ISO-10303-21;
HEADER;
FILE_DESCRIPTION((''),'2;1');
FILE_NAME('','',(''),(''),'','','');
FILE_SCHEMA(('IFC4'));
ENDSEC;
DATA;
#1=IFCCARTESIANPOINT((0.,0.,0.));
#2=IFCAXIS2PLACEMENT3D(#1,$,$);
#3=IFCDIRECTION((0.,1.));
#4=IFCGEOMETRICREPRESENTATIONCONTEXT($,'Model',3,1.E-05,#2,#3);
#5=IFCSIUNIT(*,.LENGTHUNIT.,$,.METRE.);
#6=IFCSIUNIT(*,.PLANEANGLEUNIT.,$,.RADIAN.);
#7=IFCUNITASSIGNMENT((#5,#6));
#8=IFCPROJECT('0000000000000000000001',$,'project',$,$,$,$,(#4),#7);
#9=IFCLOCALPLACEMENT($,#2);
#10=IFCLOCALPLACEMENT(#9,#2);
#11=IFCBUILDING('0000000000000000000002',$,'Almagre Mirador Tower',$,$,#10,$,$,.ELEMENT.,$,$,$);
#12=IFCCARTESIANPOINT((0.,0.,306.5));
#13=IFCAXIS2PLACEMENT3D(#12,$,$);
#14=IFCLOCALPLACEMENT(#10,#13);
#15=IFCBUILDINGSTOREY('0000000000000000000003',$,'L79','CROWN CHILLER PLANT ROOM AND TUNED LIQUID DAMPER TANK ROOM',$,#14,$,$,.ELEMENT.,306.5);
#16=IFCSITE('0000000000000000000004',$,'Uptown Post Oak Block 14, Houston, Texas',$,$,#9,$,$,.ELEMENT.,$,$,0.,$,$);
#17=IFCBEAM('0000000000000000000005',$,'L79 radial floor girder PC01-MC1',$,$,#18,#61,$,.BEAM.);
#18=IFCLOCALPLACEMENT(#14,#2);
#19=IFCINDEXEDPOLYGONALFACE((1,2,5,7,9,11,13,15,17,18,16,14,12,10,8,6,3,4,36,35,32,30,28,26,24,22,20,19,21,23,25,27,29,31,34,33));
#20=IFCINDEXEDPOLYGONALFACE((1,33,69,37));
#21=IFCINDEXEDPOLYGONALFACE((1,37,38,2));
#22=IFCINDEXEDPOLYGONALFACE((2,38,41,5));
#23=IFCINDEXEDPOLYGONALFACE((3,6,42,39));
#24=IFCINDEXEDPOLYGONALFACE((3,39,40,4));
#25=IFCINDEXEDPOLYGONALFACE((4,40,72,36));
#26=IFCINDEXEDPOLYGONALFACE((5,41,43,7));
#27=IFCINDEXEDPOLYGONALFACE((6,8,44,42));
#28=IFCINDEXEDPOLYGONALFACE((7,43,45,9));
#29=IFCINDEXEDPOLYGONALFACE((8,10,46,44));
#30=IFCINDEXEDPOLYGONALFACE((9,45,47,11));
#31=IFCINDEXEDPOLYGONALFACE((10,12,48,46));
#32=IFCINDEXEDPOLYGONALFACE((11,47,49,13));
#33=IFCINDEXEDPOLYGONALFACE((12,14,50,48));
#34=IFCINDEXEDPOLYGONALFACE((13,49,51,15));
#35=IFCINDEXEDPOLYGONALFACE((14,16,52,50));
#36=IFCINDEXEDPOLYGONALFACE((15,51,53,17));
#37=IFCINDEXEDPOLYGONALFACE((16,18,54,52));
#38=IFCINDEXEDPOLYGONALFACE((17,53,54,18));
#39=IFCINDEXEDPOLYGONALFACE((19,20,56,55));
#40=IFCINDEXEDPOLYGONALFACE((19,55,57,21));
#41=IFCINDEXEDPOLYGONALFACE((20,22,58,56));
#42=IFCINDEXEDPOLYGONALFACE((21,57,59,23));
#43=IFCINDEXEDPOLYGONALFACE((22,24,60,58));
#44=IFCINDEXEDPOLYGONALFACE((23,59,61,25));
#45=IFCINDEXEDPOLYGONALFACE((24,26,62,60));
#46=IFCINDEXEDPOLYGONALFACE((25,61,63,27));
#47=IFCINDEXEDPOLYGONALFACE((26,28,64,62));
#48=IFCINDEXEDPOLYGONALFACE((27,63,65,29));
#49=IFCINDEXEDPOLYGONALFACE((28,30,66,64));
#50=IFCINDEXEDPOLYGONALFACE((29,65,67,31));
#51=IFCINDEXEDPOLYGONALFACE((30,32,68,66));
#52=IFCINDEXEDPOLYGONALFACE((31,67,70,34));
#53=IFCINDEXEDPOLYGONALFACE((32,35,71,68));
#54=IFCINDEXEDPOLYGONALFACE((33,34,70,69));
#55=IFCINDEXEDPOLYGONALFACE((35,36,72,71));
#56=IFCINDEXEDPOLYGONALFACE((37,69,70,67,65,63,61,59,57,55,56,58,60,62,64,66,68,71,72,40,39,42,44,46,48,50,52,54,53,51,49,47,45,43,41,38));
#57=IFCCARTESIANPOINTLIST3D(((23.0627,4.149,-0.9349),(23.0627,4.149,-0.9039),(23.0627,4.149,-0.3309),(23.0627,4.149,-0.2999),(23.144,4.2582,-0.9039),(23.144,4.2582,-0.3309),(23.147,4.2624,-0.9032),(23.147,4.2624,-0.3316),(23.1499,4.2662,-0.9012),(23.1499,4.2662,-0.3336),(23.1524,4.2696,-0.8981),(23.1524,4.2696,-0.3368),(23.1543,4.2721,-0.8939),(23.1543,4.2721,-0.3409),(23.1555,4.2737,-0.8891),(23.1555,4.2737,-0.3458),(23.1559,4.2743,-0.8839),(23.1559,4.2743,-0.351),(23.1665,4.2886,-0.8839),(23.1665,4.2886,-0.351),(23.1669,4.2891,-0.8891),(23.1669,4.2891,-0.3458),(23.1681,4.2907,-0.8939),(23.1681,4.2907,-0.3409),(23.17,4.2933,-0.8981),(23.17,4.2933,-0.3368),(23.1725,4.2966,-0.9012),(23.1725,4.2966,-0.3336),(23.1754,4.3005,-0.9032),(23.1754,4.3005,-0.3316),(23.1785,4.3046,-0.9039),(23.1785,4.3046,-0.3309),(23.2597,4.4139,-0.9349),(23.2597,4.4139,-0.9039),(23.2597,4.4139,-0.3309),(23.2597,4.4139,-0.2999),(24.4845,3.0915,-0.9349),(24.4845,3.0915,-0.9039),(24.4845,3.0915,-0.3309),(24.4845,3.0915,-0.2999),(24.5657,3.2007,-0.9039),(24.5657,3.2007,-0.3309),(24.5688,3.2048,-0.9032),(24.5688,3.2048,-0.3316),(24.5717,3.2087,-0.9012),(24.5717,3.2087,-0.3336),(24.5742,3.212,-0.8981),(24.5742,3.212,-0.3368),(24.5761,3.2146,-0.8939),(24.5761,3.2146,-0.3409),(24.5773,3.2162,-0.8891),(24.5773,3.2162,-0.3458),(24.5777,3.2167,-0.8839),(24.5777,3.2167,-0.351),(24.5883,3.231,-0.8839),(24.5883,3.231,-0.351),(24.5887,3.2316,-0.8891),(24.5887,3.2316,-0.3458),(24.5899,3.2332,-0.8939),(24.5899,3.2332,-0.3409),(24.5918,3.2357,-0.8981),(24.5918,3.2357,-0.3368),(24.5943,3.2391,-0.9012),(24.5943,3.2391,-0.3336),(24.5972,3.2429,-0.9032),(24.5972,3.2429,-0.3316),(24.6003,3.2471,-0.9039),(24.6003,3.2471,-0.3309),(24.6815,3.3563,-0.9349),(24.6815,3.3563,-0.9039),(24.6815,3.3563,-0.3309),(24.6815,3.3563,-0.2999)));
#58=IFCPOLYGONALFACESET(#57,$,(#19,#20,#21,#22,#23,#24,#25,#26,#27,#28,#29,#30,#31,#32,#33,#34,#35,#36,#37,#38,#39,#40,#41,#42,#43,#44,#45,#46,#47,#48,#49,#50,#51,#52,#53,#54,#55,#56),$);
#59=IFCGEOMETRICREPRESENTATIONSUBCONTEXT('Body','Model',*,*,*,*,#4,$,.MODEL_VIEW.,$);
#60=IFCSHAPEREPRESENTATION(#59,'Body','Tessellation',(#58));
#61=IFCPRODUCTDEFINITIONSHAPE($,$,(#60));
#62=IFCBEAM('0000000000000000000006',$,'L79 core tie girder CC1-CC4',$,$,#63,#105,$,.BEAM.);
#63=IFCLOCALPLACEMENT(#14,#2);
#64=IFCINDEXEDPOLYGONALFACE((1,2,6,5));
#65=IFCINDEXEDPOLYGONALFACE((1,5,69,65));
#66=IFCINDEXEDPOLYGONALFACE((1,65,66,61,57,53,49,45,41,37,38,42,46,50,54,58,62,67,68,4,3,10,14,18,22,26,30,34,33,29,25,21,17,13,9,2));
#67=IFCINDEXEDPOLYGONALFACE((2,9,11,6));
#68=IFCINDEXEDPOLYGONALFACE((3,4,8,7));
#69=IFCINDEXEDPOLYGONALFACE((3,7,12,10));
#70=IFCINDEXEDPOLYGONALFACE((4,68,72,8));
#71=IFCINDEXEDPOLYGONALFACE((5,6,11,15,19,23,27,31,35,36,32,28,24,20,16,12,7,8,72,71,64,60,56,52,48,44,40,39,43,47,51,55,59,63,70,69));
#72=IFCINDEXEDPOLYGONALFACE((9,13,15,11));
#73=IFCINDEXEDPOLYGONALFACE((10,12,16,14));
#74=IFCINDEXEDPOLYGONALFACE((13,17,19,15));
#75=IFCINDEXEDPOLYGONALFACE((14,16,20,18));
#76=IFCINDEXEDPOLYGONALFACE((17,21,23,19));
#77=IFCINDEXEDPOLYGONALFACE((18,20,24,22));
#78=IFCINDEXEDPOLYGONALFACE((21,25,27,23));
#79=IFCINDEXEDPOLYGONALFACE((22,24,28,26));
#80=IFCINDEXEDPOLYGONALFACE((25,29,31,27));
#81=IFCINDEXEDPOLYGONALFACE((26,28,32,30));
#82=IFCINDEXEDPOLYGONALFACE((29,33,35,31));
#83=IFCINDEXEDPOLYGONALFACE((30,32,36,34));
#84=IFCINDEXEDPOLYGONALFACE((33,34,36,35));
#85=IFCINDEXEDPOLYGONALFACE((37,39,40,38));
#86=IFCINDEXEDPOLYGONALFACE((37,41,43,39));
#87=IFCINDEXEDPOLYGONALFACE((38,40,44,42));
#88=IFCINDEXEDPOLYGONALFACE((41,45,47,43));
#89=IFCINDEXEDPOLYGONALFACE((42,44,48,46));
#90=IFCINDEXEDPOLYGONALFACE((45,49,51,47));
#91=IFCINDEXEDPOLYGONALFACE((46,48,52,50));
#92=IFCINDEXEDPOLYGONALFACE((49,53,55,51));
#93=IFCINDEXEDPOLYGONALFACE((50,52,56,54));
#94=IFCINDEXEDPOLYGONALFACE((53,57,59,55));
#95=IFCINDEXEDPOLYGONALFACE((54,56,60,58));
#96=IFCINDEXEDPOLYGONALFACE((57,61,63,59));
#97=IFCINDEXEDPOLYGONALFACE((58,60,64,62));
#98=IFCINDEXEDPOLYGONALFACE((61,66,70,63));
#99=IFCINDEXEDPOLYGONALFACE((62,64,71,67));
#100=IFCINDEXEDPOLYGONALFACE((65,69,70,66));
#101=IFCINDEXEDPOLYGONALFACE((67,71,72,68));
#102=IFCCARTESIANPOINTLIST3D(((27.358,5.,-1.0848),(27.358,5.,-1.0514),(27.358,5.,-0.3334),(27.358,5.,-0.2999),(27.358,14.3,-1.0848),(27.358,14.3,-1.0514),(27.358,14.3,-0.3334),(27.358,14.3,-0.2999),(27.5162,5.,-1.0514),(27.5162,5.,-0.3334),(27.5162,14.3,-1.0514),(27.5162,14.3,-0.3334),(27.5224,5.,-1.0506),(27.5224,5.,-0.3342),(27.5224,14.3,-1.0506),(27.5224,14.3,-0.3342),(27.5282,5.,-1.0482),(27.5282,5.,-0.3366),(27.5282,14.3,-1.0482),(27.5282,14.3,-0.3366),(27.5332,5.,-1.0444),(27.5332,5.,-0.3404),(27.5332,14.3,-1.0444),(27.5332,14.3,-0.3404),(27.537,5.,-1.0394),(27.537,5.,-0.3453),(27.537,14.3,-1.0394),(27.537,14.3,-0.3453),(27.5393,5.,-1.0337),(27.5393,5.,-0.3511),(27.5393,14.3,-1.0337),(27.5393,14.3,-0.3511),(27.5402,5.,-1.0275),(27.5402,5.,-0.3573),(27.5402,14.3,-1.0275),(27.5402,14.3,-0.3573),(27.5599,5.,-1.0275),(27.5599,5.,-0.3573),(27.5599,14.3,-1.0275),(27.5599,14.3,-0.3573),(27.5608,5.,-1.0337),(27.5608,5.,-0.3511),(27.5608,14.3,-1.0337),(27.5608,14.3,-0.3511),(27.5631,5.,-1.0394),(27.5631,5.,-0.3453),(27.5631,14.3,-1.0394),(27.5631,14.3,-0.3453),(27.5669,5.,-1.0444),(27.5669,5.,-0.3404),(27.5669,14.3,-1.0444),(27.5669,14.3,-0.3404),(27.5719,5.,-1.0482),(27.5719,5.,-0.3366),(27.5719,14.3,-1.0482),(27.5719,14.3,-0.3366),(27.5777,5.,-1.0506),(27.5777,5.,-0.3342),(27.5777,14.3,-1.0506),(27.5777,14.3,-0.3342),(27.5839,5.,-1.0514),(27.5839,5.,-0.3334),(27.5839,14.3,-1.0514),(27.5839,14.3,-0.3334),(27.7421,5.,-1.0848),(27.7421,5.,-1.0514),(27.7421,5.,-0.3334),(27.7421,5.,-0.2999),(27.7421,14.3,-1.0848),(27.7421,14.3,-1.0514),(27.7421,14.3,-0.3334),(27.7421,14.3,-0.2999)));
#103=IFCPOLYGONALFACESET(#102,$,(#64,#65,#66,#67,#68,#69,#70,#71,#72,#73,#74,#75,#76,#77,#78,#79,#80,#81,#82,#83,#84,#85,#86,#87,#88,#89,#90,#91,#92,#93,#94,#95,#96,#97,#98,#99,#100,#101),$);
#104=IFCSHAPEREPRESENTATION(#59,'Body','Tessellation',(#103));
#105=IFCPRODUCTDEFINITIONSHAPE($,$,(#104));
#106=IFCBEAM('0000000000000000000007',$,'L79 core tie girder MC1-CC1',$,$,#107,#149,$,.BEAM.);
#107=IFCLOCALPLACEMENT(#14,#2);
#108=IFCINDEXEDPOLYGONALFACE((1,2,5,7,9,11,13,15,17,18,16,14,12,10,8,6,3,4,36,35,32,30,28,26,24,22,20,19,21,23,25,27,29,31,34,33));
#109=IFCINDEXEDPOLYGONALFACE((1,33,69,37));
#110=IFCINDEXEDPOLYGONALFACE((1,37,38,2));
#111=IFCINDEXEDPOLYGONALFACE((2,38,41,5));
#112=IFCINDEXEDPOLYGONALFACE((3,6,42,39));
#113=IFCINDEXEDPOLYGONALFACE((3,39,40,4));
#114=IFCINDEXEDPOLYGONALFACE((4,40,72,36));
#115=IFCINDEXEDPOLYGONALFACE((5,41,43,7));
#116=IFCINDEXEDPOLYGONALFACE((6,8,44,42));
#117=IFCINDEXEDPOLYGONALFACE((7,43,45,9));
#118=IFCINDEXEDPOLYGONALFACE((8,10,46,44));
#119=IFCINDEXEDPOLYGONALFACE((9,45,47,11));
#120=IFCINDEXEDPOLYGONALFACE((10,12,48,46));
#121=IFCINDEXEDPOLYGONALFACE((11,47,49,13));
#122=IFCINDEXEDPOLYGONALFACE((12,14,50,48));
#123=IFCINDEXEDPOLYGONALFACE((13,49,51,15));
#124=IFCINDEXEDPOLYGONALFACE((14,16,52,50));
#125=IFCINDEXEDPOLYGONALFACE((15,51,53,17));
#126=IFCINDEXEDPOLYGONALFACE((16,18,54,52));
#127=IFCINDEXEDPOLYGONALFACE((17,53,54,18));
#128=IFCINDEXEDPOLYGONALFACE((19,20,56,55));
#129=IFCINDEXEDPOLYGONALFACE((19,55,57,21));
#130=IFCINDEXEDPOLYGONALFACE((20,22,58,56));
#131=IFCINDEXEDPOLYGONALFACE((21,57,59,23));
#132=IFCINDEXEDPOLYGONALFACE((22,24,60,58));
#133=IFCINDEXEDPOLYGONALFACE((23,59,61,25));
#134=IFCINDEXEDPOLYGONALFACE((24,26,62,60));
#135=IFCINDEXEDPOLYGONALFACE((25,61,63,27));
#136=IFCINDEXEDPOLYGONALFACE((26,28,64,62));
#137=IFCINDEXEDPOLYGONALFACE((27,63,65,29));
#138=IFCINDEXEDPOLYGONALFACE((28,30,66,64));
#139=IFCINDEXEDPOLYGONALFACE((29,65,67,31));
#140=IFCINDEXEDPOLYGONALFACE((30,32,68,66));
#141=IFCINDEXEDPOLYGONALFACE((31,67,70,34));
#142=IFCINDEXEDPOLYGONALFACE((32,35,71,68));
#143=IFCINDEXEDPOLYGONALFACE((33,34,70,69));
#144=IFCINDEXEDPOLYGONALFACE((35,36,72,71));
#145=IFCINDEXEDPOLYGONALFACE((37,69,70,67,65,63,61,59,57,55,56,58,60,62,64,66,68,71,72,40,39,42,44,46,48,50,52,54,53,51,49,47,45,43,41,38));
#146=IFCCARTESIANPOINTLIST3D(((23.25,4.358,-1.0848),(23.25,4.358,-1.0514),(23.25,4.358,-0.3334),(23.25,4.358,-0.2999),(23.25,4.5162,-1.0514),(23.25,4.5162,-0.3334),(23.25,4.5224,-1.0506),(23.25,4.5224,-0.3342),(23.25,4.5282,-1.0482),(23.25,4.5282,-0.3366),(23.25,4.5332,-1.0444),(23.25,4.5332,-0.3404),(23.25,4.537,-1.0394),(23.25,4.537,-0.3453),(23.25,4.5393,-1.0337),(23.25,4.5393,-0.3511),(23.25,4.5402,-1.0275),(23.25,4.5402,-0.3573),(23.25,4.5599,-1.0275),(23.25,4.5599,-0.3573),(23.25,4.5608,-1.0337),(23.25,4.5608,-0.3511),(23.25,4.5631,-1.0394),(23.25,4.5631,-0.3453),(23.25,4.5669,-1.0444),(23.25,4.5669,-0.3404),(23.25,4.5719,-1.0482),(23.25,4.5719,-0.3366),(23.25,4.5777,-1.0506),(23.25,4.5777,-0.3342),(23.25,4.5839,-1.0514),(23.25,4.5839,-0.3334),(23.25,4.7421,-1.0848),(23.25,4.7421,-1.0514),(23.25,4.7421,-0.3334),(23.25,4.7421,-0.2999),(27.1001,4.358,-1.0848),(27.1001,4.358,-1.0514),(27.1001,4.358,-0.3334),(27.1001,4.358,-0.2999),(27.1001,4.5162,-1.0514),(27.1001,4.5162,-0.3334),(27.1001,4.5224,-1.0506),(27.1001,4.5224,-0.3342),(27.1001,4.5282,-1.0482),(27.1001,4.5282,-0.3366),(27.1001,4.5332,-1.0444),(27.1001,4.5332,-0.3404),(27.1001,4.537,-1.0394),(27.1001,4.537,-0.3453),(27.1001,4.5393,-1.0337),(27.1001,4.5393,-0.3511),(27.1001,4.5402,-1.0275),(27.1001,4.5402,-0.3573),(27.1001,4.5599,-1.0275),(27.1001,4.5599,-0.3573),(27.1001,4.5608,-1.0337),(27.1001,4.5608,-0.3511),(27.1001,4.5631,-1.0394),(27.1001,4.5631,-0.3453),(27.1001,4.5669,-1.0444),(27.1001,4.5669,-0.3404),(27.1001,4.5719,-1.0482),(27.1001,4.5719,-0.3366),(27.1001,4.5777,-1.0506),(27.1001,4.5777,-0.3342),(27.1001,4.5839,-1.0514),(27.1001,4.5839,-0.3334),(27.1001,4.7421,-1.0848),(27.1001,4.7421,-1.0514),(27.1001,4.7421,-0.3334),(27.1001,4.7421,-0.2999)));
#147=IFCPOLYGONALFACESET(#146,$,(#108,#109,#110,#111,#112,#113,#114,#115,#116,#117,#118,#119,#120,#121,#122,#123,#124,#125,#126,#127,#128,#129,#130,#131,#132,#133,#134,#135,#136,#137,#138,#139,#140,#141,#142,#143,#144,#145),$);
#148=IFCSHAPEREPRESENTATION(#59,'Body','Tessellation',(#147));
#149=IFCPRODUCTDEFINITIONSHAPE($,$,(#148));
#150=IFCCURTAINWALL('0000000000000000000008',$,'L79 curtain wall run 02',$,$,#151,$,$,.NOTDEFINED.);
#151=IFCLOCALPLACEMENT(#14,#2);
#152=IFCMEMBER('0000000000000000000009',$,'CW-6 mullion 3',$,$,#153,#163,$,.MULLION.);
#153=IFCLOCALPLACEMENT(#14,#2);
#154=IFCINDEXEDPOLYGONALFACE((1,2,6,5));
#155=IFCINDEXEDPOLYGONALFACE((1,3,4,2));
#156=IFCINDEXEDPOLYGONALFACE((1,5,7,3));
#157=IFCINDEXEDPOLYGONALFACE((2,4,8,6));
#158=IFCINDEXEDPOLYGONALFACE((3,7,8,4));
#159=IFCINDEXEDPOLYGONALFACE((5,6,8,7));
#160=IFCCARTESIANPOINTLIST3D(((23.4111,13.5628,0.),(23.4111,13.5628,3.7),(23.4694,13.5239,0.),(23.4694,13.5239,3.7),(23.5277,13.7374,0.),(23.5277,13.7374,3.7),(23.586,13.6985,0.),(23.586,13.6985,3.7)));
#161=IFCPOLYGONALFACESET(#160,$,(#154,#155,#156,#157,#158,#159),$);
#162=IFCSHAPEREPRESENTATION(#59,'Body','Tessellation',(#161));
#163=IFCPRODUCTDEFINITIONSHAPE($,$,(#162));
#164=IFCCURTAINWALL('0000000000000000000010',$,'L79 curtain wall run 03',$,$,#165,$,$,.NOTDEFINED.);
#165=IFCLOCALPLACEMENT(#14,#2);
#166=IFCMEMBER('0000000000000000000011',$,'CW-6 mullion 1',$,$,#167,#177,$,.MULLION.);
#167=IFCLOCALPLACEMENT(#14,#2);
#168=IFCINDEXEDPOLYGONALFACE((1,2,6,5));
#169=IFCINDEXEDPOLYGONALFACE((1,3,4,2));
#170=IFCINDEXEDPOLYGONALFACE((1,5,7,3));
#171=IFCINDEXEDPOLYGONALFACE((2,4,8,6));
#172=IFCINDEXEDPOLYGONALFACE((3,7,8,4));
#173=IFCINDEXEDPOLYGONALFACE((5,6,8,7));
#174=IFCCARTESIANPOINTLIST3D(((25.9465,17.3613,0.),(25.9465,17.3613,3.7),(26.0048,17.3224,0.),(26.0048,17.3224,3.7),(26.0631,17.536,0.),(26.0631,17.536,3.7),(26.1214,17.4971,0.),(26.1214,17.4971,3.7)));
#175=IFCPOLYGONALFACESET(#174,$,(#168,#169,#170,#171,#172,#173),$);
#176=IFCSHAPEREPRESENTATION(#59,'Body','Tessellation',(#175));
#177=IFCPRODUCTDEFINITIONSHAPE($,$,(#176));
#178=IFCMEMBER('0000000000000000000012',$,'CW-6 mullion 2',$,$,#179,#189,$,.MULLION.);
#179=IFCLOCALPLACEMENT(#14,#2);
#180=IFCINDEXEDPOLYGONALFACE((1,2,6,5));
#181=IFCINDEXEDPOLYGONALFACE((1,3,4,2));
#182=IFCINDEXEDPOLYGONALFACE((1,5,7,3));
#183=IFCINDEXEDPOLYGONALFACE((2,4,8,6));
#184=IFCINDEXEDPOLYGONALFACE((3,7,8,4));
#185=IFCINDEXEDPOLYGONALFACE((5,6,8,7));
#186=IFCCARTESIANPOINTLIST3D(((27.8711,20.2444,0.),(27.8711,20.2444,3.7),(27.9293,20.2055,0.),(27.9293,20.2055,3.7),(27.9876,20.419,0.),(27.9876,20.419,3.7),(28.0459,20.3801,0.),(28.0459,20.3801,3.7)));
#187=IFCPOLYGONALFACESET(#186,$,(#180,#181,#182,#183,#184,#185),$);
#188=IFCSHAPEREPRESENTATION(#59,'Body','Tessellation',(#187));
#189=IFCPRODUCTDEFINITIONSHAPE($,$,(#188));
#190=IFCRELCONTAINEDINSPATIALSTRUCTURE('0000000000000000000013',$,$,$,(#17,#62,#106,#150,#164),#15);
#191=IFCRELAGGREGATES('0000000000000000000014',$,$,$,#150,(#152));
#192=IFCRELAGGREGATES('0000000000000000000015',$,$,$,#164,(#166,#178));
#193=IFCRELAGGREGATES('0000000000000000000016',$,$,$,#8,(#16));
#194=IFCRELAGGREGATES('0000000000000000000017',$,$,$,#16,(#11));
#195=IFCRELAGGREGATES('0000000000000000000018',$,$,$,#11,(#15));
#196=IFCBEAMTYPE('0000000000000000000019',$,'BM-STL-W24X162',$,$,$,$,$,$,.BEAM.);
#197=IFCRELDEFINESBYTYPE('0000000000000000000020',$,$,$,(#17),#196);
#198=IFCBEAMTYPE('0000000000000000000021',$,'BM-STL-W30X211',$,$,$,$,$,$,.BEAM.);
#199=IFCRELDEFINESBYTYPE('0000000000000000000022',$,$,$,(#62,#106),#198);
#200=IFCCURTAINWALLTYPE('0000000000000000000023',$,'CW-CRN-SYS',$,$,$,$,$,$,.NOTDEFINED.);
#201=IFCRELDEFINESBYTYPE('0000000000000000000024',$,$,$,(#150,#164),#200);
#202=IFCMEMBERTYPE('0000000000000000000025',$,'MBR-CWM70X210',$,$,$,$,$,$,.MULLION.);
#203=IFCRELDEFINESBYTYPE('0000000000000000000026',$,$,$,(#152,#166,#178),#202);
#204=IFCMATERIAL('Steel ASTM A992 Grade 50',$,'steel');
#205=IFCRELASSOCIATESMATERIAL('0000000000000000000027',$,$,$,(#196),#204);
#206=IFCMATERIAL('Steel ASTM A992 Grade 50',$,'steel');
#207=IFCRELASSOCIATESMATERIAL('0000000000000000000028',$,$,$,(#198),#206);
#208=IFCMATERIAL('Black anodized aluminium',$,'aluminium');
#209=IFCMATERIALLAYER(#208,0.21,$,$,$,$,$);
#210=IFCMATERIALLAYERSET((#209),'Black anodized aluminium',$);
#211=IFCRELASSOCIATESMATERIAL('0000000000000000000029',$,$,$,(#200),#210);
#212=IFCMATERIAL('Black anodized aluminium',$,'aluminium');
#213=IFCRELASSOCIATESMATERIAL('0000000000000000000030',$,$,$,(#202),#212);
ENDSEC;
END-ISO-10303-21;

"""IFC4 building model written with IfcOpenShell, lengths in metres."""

from ifc_helpers import new_model, si_unit, direction, frame, origin, origin_2d, place, context, subcontext, project, spatial, rectangle, i_section, extrude, material, layer, layer_set, material_profile, profile_set, type_object, element, aggregate, save


model = new_model("IFC4")

# Units and contexts
model_context = context("Model", 3, precision=1e-05, world=origin(), true_north=direction((0.0, 1.0)))
body_context = subcontext(model_context, "Body", "Model", "MODEL_VIEW")
ifc_project = project(units=[si_unit("LENGTHUNIT", "METRE"), si_unit("PLANEANGLEUNIT", "RADIAN")], contexts=[model_context])

# Site, building, storey
site_placement = place(None, origin())
site = spatial("IfcSite", under=ifc_project, at=site_placement, Name="Uptown Post Oak Block 14, Houston, Texas", CompositionType="ELEMENT", RefElevation=0.0)
building_placement = place(site_placement, origin())
building = spatial("IfcBuilding", under=site, at=building_placement, Name="Almagre Mirador Tower", CompositionType="ELEMENT")
storey_placement = place(building_placement, frame((0.0, 0.0, 306.5)))
storey = spatial("IfcBuildingStorey", under=building, at=storey_placement, Name="L79", Description="CROWN CHILLER PLANT ROOM AND TUNED LIQUID DAMPER TANK ROOM", CompositionType="ELEMENT", Elevation=306.5)

# Beams
ifc_material_1 = material(Name="Steel ASTM A992 Grade 50", Category="steel")
ifc_material_profile_1 = material_profile(ifc_material_1, i_section(OverallWidth=0.3301, OverallDepth=0.635, WebThickness=0.0178, FlangeThickness=0.031, FilletRadius=0.02, at=origin_2d()), Name="W24X162")
ifc_profile_set_1 = profile_set([ifc_material_profile_1], Name="Steel ASTM A992 Grade 50")
beam_type_1 = type_object("IfcBeamType", Name="BM-STL-W24X162", PredefinedType="BEAM", material=ifc_profile_set_1)
beam_1_placement = place(storey_placement, frame((24.583, 3.2239, -0.6174), z_axis=(-0.802374, 0.596821, 0.0), x_axis=(-0.596821, -0.802374, 0.0)))
element("IfcBeam", 1, at=beam_1_placement, inside=storey, type_object=beam_type_1, Name="L79 radial floor girder PC01-MC1", PredefinedType="BEAM", context=body_context, shape_type="SweptSolid", body=[
    extrude(i_section(OverallWidth=0.3301, OverallDepth=0.635, WebThickness=0.0178, FlangeThickness=0.031, FilletRadius=0.02, at=origin_2d()), origin(), (0.0, 0.0, 1.0), 1.772),
])
ifc_material_2 = material(Name="Steel ASTM A992 Grade 50", Category="steel")
ifc_material_profile_2 = material_profile(ifc_material_2, i_section(OverallWidth=0.384, OverallDepth=0.7849, WebThickness=0.0198, FlangeThickness=0.0334, FilletRadius=0.0239, at=origin_2d()), Name="W30X211")
ifc_profile_set_2 = profile_set([ifc_material_profile_2], Name="Steel ASTM A992 Grade 50")
beam_type_2 = type_object("IfcBeamType", Name="BM-STL-W30X211", PredefinedType="BEAM", material=ifc_profile_set_2)
beam_2_placement = place(storey_placement, frame((27.55, 5.0, -0.6924), z_axis=(0.0, 1.0, 0.0), x_axis=(-1.0, 0.0, 0.0)))
element("IfcBeam", 2, at=beam_2_placement, inside=storey, type_object=beam_type_2, Name="L79 core tie girder CC1-CC4", PredefinedType="BEAM", context=body_context, shape_type="SweptSolid", body=[
    extrude(i_section(OverallWidth=0.384, OverallDepth=0.7849, WebThickness=0.0198, FlangeThickness=0.0334, FilletRadius=0.0239, at=origin_2d()), origin(), (0.0, 0.0, 1.0), 9.3),
])
beam_3_placement = place(storey_placement, frame((23.25, 4.55, -0.6924), z_axis=(1.0, 0.0, 0.0), x_axis=(0.0, 1.0, 0.0)))
element("IfcBeam", 3, at=beam_3_placement, inside=storey, type_object=beam_type_2, Name="L79 core tie girder MC1-CC1", PredefinedType="BEAM", context=body_context, shape_type="SweptSolid", body=[
    extrude(i_section(OverallWidth=0.384, OverallDepth=0.7849, WebThickness=0.0198, FlangeThickness=0.0334, FilletRadius=0.0239, at=origin_2d()), origin(), (0.0, 0.0, 1.0), 3.8501),
])

# Curtain wall, member
ifc_material_3 = material(Name="Black anodized aluminium", Category="aluminium")
ifc_layer_1 = layer(ifc_material_3, 0.21)
ifc_layer_set_1 = layer_set([ifc_layer_1], Name="Black anodized aluminium")
curtain_wall_type = type_object("IfcCurtainWallType", Name="CW-CRN-SYS", PredefinedType="NOTDEFINED", material=ifc_layer_set_1)
curtain_wall_1_placement = place(storey_placement, origin())
curtain_wall_1 = element("IfcCurtainWall", 4, at=curtain_wall_1_placement, inside=storey, type_object=curtain_wall_type, Name="L79 curtain wall run 02", PredefinedType="NOTDEFINED")
ifc_material_4 = material(Name="Black anodized aluminium", Category="aluminium")
ifc_material_profile_3 = material_profile(ifc_material_4, rectangle(XDim=0.0701, YDim=0.21, at=origin_2d()), Name="CWM70X210")
ifc_profile_set_3 = profile_set([ifc_material_profile_3], Name="Black anodized aluminium")
member_type_1 = type_object("IfcMemberType", Name="MBR-CWM70X210", PredefinedType="MULLION", material=ifc_profile_set_3)
member_1_placement = place(storey_placement, frame((23.4985, 13.6306, 0.0), z_axis=(0.0, 0.0, 1.0), x_axis=(-0.831672, 0.555267, 0.0)))
member_1 = element("IfcMember", 5, at=member_1_placement, type_object=member_type_1, Name="CW-6 mullion 3", PredefinedType="MULLION", context=body_context, shape_type="SweptSolid", body=[
    extrude(rectangle(XDim=0.0701, YDim=0.21, at=origin_2d()), origin(), (0.0, 0.0, 1.0), 3.7),
])
aggregate(curtain_wall_1, [member_1])

# Curtain wall, members
curtain_wall_2_placement = place(storey_placement, origin())
curtain_wall_2 = element("IfcCurtainWall", 6, at=curtain_wall_2_placement, inside=storey, type_object=curtain_wall_type, Name="L79 curtain wall run 03", PredefinedType="NOTDEFINED")
member_2_placement = place(storey_placement, frame((26.0339, 17.4292, 0.0), z_axis=(0.0, 0.0, 1.0), x_axis=(-0.831705, 0.555217, 0.0)))
member_2 = element("IfcMember", 7, at=member_2_placement, type_object=member_type_1, Name="CW-6 mullion 1", PredefinedType="MULLION", context=body_context, shape_type="SweptSolid", body=[
    extrude(rectangle(XDim=0.0701, YDim=0.21, at=origin_2d()), origin(), (0.0, 0.0, 1.0), 3.7),
])
member_3_placement = place(storey_placement, frame((27.9585, 20.3123, 0.0), z_axis=(0.0, 0.0, 1.0), x_axis=(-0.831705, 0.555217, 0.0)))
member_3 = element("IfcMember", 8, at=member_3_placement, type_object=member_type_1, Name="CW-6 mullion 2", PredefinedType="MULLION", context=body_context, shape_type="SweptSolid", body=[
    extrude(rectangle(XDim=0.0701, YDim=0.21, at=origin_2d()), origin(), (0.0, 0.0, 1.0), 3.7),
])

aggregate(curtain_wall_2, [member_2, member_3])

save(model, "model.ifc")
